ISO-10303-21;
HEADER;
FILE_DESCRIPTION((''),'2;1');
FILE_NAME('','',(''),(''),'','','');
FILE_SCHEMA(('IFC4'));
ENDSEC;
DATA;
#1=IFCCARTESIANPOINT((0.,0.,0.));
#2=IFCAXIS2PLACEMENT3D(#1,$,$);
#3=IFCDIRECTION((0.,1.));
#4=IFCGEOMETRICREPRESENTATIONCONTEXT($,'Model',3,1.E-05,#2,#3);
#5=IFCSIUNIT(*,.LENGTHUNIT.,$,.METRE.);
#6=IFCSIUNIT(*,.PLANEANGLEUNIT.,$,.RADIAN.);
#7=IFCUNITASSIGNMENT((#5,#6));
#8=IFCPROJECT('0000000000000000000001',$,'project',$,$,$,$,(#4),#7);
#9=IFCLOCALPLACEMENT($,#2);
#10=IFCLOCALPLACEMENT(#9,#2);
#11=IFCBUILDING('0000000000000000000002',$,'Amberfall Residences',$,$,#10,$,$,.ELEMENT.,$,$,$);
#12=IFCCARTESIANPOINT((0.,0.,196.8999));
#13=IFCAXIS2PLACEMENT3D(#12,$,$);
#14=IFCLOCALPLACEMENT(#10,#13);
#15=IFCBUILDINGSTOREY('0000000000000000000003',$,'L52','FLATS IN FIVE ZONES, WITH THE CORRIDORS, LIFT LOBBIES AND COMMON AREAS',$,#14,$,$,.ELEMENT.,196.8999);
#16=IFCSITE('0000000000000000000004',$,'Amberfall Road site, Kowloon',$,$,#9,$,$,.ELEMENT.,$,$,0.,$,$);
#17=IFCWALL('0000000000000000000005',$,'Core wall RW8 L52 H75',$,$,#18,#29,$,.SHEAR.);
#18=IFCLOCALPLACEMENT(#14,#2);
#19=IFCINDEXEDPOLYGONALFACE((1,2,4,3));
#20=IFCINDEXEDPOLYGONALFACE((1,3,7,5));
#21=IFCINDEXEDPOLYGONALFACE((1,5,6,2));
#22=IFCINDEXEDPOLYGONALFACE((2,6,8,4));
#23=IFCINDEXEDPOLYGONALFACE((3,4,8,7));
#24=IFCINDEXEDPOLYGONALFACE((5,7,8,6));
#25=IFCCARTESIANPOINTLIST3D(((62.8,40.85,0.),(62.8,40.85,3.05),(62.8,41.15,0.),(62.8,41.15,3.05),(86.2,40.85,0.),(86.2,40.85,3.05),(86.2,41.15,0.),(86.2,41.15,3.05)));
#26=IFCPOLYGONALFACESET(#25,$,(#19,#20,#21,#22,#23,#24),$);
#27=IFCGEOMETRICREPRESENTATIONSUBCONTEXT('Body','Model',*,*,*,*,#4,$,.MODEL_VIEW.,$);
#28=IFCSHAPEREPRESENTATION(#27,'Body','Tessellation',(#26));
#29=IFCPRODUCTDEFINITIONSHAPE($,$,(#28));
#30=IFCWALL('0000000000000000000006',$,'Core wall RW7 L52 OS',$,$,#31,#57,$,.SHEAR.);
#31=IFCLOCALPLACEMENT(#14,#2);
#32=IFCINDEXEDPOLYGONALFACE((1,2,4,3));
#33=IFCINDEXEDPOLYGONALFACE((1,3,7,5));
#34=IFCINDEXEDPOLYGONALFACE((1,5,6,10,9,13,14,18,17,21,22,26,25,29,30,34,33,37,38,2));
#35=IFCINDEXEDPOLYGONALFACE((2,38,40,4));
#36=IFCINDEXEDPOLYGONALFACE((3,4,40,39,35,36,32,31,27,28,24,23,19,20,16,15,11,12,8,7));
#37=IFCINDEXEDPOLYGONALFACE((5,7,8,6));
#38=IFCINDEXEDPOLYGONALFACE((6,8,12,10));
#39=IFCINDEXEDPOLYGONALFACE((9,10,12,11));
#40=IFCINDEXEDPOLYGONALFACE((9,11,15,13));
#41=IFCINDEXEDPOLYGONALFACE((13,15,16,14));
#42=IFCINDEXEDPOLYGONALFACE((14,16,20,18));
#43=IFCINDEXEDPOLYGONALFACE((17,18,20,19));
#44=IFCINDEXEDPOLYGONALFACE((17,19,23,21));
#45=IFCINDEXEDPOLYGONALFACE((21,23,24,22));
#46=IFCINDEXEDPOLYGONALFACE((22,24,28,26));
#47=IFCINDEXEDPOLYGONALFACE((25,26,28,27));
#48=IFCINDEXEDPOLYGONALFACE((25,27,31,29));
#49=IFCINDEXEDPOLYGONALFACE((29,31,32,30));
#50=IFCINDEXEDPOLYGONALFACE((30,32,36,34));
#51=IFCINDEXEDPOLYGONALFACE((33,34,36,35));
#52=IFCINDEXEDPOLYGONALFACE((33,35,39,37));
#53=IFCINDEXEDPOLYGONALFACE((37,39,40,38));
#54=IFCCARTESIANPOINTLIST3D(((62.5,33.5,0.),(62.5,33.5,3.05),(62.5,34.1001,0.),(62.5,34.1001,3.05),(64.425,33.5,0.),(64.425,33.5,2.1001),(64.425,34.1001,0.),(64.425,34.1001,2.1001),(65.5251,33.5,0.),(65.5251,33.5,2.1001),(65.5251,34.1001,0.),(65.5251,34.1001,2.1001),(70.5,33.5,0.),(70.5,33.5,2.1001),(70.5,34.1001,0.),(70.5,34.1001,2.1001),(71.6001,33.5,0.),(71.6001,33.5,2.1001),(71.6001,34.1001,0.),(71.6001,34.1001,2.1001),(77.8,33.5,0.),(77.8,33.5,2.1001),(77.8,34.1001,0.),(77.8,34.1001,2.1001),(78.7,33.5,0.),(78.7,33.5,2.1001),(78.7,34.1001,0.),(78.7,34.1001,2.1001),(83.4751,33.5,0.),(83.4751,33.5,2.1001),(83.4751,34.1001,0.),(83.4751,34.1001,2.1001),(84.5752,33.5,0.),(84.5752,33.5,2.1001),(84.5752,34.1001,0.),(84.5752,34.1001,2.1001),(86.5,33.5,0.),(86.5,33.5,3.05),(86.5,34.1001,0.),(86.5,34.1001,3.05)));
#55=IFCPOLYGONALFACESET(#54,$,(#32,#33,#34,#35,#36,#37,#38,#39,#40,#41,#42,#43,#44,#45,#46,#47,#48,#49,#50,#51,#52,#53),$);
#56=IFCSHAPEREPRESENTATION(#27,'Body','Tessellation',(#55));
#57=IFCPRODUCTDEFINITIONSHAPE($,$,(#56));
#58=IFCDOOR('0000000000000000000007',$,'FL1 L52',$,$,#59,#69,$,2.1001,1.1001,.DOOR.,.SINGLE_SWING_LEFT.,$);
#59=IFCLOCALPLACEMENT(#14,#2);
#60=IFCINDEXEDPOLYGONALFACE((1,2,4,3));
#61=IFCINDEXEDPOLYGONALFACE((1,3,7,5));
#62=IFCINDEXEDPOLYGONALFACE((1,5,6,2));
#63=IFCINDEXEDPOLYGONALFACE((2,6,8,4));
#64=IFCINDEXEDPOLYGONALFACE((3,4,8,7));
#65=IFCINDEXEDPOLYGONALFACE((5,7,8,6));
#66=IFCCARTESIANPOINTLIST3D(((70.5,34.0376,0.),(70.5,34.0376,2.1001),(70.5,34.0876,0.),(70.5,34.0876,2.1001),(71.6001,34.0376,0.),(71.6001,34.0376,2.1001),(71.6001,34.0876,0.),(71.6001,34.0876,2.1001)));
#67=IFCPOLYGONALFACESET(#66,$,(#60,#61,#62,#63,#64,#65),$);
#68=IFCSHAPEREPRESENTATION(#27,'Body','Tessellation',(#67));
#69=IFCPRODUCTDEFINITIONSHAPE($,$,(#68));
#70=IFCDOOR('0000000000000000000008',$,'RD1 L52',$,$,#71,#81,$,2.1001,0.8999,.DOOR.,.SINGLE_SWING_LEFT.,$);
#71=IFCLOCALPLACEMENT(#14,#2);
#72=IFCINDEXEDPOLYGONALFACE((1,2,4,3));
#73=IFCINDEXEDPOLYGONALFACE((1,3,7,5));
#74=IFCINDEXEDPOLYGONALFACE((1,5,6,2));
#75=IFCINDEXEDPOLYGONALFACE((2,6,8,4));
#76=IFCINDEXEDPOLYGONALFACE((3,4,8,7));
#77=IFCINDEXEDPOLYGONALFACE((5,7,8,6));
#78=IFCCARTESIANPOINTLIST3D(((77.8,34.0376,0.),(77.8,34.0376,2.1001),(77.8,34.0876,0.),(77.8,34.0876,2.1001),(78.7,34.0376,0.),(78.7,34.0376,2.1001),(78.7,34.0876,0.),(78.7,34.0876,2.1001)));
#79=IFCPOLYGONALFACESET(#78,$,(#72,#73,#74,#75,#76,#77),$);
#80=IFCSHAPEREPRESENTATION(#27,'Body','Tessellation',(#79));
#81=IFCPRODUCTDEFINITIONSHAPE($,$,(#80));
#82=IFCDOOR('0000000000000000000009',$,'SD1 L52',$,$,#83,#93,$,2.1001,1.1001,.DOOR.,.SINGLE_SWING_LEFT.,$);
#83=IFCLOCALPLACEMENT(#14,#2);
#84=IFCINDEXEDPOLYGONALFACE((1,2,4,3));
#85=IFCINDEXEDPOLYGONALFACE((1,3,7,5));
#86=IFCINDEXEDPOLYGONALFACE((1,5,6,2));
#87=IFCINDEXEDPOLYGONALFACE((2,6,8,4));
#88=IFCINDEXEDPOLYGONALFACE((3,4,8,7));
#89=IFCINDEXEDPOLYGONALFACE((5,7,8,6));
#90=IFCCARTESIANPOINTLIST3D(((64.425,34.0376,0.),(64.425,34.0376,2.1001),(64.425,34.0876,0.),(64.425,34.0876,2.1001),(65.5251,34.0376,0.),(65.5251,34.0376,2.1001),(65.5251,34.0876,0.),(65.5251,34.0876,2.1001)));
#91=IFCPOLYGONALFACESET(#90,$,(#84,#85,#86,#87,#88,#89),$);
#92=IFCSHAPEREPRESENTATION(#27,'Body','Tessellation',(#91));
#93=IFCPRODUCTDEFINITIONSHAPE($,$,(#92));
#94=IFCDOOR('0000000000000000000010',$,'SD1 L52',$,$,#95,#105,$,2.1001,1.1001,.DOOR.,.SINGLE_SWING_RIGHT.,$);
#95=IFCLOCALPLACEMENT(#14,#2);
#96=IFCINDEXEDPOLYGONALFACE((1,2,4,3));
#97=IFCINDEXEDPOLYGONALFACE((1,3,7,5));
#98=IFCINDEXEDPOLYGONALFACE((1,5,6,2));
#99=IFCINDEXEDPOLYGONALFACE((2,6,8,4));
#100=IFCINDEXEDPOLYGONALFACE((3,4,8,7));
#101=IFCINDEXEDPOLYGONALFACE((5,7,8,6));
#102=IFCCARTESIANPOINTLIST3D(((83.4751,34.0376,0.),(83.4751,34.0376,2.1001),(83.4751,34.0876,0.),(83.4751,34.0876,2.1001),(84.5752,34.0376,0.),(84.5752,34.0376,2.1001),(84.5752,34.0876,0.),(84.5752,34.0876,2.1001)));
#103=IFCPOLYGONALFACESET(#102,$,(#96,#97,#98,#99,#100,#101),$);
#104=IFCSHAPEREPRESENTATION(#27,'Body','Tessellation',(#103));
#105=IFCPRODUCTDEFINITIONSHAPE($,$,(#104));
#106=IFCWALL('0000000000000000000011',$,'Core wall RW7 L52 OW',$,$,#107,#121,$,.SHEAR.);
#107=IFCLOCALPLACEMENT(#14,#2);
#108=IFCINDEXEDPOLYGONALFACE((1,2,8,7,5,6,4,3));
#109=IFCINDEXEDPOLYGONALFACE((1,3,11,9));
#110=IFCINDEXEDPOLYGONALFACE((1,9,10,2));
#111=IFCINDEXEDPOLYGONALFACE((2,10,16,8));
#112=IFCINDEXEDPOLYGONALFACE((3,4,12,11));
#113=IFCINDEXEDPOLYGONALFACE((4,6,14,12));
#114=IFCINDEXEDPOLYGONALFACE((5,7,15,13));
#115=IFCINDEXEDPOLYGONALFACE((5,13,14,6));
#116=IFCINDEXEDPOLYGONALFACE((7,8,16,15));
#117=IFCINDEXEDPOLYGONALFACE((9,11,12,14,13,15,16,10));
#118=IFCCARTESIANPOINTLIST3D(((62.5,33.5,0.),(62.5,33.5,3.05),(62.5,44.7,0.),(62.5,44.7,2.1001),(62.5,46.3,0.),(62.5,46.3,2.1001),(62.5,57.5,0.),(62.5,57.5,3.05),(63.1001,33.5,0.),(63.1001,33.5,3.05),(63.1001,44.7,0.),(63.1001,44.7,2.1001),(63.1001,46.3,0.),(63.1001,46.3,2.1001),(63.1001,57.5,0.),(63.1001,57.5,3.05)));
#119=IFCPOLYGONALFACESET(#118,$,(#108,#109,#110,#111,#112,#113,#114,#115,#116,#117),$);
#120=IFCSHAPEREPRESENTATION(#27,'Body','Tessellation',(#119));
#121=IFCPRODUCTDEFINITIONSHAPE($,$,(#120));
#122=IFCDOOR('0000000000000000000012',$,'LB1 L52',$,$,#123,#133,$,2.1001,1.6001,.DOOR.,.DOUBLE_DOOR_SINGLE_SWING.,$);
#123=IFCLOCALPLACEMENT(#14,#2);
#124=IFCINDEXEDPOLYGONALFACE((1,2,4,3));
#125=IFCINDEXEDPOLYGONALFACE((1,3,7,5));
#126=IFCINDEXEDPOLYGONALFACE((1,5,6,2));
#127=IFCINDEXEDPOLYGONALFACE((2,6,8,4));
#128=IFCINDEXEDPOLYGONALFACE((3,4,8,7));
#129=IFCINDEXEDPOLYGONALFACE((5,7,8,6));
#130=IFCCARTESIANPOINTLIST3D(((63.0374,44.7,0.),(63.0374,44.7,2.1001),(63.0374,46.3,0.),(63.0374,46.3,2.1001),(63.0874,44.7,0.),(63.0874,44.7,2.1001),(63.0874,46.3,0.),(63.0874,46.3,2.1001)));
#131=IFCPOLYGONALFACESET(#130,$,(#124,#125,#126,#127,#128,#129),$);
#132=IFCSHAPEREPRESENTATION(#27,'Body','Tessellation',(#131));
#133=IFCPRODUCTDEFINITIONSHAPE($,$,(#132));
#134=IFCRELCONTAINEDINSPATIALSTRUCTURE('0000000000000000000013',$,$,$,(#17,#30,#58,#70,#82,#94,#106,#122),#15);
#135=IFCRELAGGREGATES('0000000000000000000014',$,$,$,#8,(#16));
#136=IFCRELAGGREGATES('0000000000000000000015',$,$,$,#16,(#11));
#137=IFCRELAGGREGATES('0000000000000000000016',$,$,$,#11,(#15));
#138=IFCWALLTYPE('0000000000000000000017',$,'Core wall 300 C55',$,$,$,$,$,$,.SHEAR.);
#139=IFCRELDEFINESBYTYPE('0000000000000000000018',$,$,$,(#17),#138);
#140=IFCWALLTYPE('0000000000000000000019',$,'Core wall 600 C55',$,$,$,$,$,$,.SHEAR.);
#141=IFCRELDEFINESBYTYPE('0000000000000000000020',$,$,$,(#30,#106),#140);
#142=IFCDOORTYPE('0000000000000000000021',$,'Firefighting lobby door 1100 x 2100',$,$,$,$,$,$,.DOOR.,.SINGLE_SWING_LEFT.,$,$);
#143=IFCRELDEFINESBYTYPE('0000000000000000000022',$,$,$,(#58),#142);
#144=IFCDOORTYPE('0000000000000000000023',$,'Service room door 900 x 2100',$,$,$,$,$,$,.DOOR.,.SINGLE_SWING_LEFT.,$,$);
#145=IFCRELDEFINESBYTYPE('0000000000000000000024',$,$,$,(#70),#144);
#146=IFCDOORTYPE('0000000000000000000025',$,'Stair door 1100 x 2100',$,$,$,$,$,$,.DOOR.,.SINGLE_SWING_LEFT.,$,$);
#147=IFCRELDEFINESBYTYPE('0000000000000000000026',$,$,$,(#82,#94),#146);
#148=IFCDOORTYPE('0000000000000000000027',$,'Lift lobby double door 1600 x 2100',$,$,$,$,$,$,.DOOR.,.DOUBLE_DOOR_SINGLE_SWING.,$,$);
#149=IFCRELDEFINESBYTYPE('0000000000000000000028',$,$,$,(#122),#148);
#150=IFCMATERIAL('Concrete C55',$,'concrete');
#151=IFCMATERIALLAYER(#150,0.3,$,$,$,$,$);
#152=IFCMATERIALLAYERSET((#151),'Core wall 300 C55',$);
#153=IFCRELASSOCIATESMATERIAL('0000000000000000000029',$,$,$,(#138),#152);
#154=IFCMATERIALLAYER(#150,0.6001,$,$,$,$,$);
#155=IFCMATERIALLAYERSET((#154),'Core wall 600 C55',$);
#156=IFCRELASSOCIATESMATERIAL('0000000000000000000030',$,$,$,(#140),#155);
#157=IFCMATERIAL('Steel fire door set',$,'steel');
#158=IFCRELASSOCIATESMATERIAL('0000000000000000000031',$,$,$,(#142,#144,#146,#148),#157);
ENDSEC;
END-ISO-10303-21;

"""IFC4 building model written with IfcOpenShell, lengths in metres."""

from ifc_helpers import new_model, si_unit, direction, frame, frame_2d, origin, place, context, subcontext, project, spatial, rectangle, extrude, material, layer, layer_set, type_object, element, fill, save


model = new_model("IFC4")

# Units and contexts
model_context = context("Model", 3, precision=1e-05, world=origin(), true_north=direction((0.0, 1.0)))
body_context = subcontext(model_context, "Body", "Model", "MODEL_VIEW")
ifc_project = project(units=[si_unit("LENGTHUNIT", "METRE"), si_unit("PLANEANGLEUNIT", "RADIAN")], contexts=[model_context])

# Site, building, storey
site_placement = place(None, origin())
site = spatial("IfcSite", under=ifc_project, at=site_placement, Name="Amberfall Road site, Kowloon", CompositionType="ELEMENT", RefElevation=0.0)
building_placement = place(site_placement, origin())
building = spatial("IfcBuilding", under=site, at=building_placement, Name="Amberfall Residences", CompositionType="ELEMENT")
storey_placement = place(building_placement, frame((0.0, 0.0, 196.8999)))
storey = spatial("IfcBuildingStorey", under=building, at=storey_placement, Name="L52", Description="FLATS IN FIVE ZONES, WITH THE CORRIDORS, LIFT LOBBIES AND COMMON AREAS", CompositionType="ELEMENT", Elevation=196.8999)

# Wall
ifc_material_1 = material(Name="Concrete C55", Category="concrete")
ifc_layer_1 = layer(ifc_material_1, 0.3)
ifc_layer_set_1 = layer_set([ifc_layer_1], Name="Core wall 300 C55")
wall_type_1 = type_object("IfcWallType", Name="Core wall 300 C55", PredefinedType="SHEAR", material=ifc_layer_set_1)
wall_1_placement = place(storey_placement, frame((62.8, 41.0, 0.0), z_axis=(0.0, 0.0, 1.0), x_axis=(1.0, 0.0, 0.0)))
element("IfcWall", 1, at=wall_1_placement, inside=storey, type_object=wall_type_1, Name="Core wall RW8 L52 H75", PredefinedType="SHEAR", context=body_context, shape_type="SweptSolid", body=[
    extrude(rectangle(XDim=23.3999, YDim=0.3, at=frame_2d((11.7, 0.0))), origin(), (0.0, 0.0, 1.0), 3.05),
])

# Wall, openings, doors
ifc_layer_2 = layer(ifc_material_1, 0.6001)
ifc_layer_set_2 = layer_set([ifc_layer_2], Name="Core wall 600 C55")
wall_type_2 = type_object("IfcWallType", Name="Core wall 600 C55", PredefinedType="SHEAR", material=ifc_layer_set_2)
wall_2_placement = place(storey_placement, frame((62.5, 33.8, 0.0), z_axis=(0.0, 0.0, 1.0), x_axis=(1.0, 0.0, 0.0)))
wall_2 = element("IfcWall", 2, at=wall_2_placement, inside=storey, type_object=wall_type_2, Name="Core wall RW7 L52 OS", PredefinedType="SHEAR", context=body_context, shape_type="SweptSolid", body=[
    extrude(rectangle(XDim=24.0, YDim=0.6001, at=frame_2d((12.0, 0.0))), origin(), (0.0, 0.0, 1.0), 3.05),
])
opening_1_placement = place(wall_2_placement, frame((1.925, 0.0, 0.0)))
opening_1 = element("IfcOpeningElement", 3, at=opening_1_placement, cuts=wall_2, PredefinedType="OPENING", context=body_context, shape_type="SweptSolid", body=[
    extrude(rectangle(XDim=1.1001, YDim=2.1001, at=frame_2d((0.55, 1.05))), frame((0.0, 0.3101, 0.0), z_axis=(0.0, -1.0, 0.0), x_axis=(1.0, 0.0, 0.0)), (0.0, 0.0, 1.0), 0.6201),
])
opening_2_placement = place(wall_2_placement, frame((20.9751, 0.0, 0.0)))
opening_2 = element("IfcOpeningElement", 4, at=opening_2_placement, cuts=wall_2, PredefinedType="OPENING", context=body_context, shape_type="SweptSolid", body=[
    extrude(rectangle(XDim=1.1001, YDim=2.1001, at=frame_2d((0.55, 1.05))), frame((0.0, 0.3101, 0.0), z_axis=(0.0, -1.0, 0.0), x_axis=(1.0, 0.0, 0.0)), (0.0, 0.0, 1.0), 0.6201),
])
opening_3_placement = place(wall_2_placement, frame((8.0, 0.0, 0.0)))
opening_3 = element("IfcOpeningElement", 5, at=opening_3_placement, cuts=wall_2, PredefinedType="OPENING", context=body_context, shape_type="SweptSolid", body=[
    extrude(rectangle(XDim=1.1001, YDim=2.1001, at=frame_2d((0.55, 1.05))), frame((0.0, 0.3101, 0.0), z_axis=(0.0, -1.0, 0.0), x_axis=(1.0, 0.0, 0.0)), (0.0, 0.0, 1.0), 0.6201),
])
opening_4_placement = place(wall_2_placement, frame((15.3, 0.0, 0.0)))
opening_4 = element("IfcOpeningElement", 6, at=opening_4_placement, cuts=wall_2, PredefinedType="OPENING", context=body_context, shape_type="SweptSolid", body=[
    extrude(rectangle(XDim=0.8999, YDim=2.1001, at=frame_2d((0.45, 1.05))), frame((0.0, 0.3101, 0.0), z_axis=(0.0, -1.0, 0.0), x_axis=(1.0, 0.0, 0.0)), (0.0, 0.0, 1.0), 0.6201),
])
ifc_material_2 = material(Name="Steel fire door set", Category="steel")
door_type_1 = type_object("IfcDoorType", Name="Firefighting lobby door 1100 x 2100", OperationType="SINGLE_SWING_LEFT", PredefinedType="DOOR", material=ifc_material_2)
door_1_placement = place(opening_3_placement, origin())
door_1 = element("IfcDoor", 7, at=door_1_placement, inside=storey, type_object=door_type_1, Name="FL1 L52", OperationType="SINGLE_SWING_LEFT", OverallHeight=2.1001, OverallWidth=1.1001, PredefinedType="DOOR", context=body_context, shape_type="SweptSolid", body=[
    extrude(rectangle(XDim=1.1001, YDim=2.1001, at=frame_2d((0.55, 1.05))), frame((0.0, 0.2876, 0.0), z_axis=(0.0, -1.0, 0.0), x_axis=(1.0, 0.0, 0.0)), (0.0, 0.0, 1.0), 0.05),
])
fill(opening_3, door_1)
door_type_2 = type_object("IfcDoorType", Name="Service room door 900 x 2100", OperationType="SINGLE_SWING_LEFT", PredefinedType="DOOR", material=ifc_material_2)
door_2_placement = place(opening_4_placement, origin())
door_2 = element("IfcDoor", 8, at=door_2_placement, inside=storey, type_object=door_type_2, Name="RD1 L52", OperationType="SINGLE_SWING_LEFT", OverallHeight=2.1001, OverallWidth=0.8999, PredefinedType="DOOR", context=body_context, shape_type="SweptSolid", body=[
    extrude(rectangle(XDim=0.8999, YDim=2.1001, at=frame_2d((0.45, 1.05))), frame((0.0, 0.2876, 0.0), z_axis=(0.0, -1.0, 0.0), x_axis=(1.0, 0.0, 0.0)), (0.0, 0.0, 1.0), 0.05),
])
fill(opening_4, door_2)
door_type_3 = type_object("IfcDoorType", Name="Stair door 1100 x 2100", OperationType="SINGLE_SWING_LEFT", PredefinedType="DOOR", material=ifc_material_2)
door_3_placement = place(opening_1_placement, origin())
door_3 = element("IfcDoor", 9, at=door_3_placement, inside=storey, type_object=door_type_3, Name="SD1 L52", OperationType="SINGLE_SWING_LEFT", OverallHeight=2.1001, OverallWidth=1.1001, PredefinedType="DOOR", context=body_context, shape_type="SweptSolid", body=[
    extrude(rectangle(XDim=1.1001, YDim=2.1001, at=frame_2d((0.55, 1.05))), frame((0.0, 0.2876, 0.0), z_axis=(0.0, -1.0, 0.0), x_axis=(1.0, 0.0, 0.0)), (0.0, 0.0, 1.0), 0.05),
])
fill(opening_1, door_3)
door_4_placement = place(opening_2_placement, origin())
door_4 = element("IfcDoor", 10, at=door_4_placement, inside=storey, type_object=door_type_3, Name="SD1 L52", OperationType="SINGLE_SWING_RIGHT", OverallHeight=2.1001, OverallWidth=1.1001, PredefinedType="DOOR", context=body_context, shape_type="SweptSolid", body=[
    extrude(rectangle(XDim=1.1001, YDim=2.1001, at=frame_2d((0.55, 1.05))), frame((0.0, 0.2876, 0.0), z_axis=(0.0, -1.0, 0.0), x_axis=(1.0, 0.0, 0.0)), (0.0, 0.0, 1.0), 0.05),
])
fill(opening_2, door_4)

# Wall, opening, door
wall_3_placement = place(storey_placement, frame((62.8, 33.5, 0.0), z_axis=(0.0, 0.0, 1.0), x_axis=(0.0, 1.0, 0.0)))
wall_3 = element("IfcWall", 11, at=wall_3_placement, inside=storey, type_object=wall_type_2, Name="Core wall RW7 L52 OW", PredefinedType="SHEAR", context=body_context, shape_type="SweptSolid", body=[
    extrude(rectangle(XDim=24.0, YDim=0.6001, at=frame_2d((12.0, 0.0))), origin(), (0.0, 0.0, 1.0), 3.05),
])
opening_5_placement = place(wall_3_placement, frame((11.2, 0.0, 0.0)))
opening_5 = element("IfcOpeningElement", 12, at=opening_5_placement, cuts=wall_3, PredefinedType="OPENING", context=body_context, shape_type="SweptSolid", body=[
    extrude(rectangle(XDim=1.6001, YDim=2.1001, at=frame_2d((0.8, 1.05))), frame((0.0, 0.3101, 0.0), z_axis=(0.0, -1.0, 0.0), x_axis=(1.0, 0.0, 0.0)), (0.0, 0.0, 1.0), 0.6201),
])
door_type_4 = type_object("IfcDoorType", Name="Lift lobby double door 1600 x 2100", OperationType="DOUBLE_DOOR_SINGLE_SWING", PredefinedType="DOOR", material=ifc_material_2)
door_5_placement = place(opening_5_placement, origin())
door_5 = element("IfcDoor", 13, at=door_5_placement, inside=storey, type_object=door_type_4, Name="LB1 L52", OperationType="DOUBLE_DOOR_SINGLE_SWING", OverallHeight=2.1001, OverallWidth=1.6001, PredefinedType="DOOR", context=body_context, shape_type="SweptSolid", body=[
    extrude(rectangle(XDim=1.6001, YDim=2.1001, at=frame_2d((0.8, 1.05))), frame((0.0, -0.2373, 0.0), z_axis=(0.0, -1.0, 0.0), x_axis=(1.0, 0.0, 0.0)), (0.0, 0.0, 1.0), 0.05),
])
fill(opening_5, door_5)

save(model, "model.ifc")
